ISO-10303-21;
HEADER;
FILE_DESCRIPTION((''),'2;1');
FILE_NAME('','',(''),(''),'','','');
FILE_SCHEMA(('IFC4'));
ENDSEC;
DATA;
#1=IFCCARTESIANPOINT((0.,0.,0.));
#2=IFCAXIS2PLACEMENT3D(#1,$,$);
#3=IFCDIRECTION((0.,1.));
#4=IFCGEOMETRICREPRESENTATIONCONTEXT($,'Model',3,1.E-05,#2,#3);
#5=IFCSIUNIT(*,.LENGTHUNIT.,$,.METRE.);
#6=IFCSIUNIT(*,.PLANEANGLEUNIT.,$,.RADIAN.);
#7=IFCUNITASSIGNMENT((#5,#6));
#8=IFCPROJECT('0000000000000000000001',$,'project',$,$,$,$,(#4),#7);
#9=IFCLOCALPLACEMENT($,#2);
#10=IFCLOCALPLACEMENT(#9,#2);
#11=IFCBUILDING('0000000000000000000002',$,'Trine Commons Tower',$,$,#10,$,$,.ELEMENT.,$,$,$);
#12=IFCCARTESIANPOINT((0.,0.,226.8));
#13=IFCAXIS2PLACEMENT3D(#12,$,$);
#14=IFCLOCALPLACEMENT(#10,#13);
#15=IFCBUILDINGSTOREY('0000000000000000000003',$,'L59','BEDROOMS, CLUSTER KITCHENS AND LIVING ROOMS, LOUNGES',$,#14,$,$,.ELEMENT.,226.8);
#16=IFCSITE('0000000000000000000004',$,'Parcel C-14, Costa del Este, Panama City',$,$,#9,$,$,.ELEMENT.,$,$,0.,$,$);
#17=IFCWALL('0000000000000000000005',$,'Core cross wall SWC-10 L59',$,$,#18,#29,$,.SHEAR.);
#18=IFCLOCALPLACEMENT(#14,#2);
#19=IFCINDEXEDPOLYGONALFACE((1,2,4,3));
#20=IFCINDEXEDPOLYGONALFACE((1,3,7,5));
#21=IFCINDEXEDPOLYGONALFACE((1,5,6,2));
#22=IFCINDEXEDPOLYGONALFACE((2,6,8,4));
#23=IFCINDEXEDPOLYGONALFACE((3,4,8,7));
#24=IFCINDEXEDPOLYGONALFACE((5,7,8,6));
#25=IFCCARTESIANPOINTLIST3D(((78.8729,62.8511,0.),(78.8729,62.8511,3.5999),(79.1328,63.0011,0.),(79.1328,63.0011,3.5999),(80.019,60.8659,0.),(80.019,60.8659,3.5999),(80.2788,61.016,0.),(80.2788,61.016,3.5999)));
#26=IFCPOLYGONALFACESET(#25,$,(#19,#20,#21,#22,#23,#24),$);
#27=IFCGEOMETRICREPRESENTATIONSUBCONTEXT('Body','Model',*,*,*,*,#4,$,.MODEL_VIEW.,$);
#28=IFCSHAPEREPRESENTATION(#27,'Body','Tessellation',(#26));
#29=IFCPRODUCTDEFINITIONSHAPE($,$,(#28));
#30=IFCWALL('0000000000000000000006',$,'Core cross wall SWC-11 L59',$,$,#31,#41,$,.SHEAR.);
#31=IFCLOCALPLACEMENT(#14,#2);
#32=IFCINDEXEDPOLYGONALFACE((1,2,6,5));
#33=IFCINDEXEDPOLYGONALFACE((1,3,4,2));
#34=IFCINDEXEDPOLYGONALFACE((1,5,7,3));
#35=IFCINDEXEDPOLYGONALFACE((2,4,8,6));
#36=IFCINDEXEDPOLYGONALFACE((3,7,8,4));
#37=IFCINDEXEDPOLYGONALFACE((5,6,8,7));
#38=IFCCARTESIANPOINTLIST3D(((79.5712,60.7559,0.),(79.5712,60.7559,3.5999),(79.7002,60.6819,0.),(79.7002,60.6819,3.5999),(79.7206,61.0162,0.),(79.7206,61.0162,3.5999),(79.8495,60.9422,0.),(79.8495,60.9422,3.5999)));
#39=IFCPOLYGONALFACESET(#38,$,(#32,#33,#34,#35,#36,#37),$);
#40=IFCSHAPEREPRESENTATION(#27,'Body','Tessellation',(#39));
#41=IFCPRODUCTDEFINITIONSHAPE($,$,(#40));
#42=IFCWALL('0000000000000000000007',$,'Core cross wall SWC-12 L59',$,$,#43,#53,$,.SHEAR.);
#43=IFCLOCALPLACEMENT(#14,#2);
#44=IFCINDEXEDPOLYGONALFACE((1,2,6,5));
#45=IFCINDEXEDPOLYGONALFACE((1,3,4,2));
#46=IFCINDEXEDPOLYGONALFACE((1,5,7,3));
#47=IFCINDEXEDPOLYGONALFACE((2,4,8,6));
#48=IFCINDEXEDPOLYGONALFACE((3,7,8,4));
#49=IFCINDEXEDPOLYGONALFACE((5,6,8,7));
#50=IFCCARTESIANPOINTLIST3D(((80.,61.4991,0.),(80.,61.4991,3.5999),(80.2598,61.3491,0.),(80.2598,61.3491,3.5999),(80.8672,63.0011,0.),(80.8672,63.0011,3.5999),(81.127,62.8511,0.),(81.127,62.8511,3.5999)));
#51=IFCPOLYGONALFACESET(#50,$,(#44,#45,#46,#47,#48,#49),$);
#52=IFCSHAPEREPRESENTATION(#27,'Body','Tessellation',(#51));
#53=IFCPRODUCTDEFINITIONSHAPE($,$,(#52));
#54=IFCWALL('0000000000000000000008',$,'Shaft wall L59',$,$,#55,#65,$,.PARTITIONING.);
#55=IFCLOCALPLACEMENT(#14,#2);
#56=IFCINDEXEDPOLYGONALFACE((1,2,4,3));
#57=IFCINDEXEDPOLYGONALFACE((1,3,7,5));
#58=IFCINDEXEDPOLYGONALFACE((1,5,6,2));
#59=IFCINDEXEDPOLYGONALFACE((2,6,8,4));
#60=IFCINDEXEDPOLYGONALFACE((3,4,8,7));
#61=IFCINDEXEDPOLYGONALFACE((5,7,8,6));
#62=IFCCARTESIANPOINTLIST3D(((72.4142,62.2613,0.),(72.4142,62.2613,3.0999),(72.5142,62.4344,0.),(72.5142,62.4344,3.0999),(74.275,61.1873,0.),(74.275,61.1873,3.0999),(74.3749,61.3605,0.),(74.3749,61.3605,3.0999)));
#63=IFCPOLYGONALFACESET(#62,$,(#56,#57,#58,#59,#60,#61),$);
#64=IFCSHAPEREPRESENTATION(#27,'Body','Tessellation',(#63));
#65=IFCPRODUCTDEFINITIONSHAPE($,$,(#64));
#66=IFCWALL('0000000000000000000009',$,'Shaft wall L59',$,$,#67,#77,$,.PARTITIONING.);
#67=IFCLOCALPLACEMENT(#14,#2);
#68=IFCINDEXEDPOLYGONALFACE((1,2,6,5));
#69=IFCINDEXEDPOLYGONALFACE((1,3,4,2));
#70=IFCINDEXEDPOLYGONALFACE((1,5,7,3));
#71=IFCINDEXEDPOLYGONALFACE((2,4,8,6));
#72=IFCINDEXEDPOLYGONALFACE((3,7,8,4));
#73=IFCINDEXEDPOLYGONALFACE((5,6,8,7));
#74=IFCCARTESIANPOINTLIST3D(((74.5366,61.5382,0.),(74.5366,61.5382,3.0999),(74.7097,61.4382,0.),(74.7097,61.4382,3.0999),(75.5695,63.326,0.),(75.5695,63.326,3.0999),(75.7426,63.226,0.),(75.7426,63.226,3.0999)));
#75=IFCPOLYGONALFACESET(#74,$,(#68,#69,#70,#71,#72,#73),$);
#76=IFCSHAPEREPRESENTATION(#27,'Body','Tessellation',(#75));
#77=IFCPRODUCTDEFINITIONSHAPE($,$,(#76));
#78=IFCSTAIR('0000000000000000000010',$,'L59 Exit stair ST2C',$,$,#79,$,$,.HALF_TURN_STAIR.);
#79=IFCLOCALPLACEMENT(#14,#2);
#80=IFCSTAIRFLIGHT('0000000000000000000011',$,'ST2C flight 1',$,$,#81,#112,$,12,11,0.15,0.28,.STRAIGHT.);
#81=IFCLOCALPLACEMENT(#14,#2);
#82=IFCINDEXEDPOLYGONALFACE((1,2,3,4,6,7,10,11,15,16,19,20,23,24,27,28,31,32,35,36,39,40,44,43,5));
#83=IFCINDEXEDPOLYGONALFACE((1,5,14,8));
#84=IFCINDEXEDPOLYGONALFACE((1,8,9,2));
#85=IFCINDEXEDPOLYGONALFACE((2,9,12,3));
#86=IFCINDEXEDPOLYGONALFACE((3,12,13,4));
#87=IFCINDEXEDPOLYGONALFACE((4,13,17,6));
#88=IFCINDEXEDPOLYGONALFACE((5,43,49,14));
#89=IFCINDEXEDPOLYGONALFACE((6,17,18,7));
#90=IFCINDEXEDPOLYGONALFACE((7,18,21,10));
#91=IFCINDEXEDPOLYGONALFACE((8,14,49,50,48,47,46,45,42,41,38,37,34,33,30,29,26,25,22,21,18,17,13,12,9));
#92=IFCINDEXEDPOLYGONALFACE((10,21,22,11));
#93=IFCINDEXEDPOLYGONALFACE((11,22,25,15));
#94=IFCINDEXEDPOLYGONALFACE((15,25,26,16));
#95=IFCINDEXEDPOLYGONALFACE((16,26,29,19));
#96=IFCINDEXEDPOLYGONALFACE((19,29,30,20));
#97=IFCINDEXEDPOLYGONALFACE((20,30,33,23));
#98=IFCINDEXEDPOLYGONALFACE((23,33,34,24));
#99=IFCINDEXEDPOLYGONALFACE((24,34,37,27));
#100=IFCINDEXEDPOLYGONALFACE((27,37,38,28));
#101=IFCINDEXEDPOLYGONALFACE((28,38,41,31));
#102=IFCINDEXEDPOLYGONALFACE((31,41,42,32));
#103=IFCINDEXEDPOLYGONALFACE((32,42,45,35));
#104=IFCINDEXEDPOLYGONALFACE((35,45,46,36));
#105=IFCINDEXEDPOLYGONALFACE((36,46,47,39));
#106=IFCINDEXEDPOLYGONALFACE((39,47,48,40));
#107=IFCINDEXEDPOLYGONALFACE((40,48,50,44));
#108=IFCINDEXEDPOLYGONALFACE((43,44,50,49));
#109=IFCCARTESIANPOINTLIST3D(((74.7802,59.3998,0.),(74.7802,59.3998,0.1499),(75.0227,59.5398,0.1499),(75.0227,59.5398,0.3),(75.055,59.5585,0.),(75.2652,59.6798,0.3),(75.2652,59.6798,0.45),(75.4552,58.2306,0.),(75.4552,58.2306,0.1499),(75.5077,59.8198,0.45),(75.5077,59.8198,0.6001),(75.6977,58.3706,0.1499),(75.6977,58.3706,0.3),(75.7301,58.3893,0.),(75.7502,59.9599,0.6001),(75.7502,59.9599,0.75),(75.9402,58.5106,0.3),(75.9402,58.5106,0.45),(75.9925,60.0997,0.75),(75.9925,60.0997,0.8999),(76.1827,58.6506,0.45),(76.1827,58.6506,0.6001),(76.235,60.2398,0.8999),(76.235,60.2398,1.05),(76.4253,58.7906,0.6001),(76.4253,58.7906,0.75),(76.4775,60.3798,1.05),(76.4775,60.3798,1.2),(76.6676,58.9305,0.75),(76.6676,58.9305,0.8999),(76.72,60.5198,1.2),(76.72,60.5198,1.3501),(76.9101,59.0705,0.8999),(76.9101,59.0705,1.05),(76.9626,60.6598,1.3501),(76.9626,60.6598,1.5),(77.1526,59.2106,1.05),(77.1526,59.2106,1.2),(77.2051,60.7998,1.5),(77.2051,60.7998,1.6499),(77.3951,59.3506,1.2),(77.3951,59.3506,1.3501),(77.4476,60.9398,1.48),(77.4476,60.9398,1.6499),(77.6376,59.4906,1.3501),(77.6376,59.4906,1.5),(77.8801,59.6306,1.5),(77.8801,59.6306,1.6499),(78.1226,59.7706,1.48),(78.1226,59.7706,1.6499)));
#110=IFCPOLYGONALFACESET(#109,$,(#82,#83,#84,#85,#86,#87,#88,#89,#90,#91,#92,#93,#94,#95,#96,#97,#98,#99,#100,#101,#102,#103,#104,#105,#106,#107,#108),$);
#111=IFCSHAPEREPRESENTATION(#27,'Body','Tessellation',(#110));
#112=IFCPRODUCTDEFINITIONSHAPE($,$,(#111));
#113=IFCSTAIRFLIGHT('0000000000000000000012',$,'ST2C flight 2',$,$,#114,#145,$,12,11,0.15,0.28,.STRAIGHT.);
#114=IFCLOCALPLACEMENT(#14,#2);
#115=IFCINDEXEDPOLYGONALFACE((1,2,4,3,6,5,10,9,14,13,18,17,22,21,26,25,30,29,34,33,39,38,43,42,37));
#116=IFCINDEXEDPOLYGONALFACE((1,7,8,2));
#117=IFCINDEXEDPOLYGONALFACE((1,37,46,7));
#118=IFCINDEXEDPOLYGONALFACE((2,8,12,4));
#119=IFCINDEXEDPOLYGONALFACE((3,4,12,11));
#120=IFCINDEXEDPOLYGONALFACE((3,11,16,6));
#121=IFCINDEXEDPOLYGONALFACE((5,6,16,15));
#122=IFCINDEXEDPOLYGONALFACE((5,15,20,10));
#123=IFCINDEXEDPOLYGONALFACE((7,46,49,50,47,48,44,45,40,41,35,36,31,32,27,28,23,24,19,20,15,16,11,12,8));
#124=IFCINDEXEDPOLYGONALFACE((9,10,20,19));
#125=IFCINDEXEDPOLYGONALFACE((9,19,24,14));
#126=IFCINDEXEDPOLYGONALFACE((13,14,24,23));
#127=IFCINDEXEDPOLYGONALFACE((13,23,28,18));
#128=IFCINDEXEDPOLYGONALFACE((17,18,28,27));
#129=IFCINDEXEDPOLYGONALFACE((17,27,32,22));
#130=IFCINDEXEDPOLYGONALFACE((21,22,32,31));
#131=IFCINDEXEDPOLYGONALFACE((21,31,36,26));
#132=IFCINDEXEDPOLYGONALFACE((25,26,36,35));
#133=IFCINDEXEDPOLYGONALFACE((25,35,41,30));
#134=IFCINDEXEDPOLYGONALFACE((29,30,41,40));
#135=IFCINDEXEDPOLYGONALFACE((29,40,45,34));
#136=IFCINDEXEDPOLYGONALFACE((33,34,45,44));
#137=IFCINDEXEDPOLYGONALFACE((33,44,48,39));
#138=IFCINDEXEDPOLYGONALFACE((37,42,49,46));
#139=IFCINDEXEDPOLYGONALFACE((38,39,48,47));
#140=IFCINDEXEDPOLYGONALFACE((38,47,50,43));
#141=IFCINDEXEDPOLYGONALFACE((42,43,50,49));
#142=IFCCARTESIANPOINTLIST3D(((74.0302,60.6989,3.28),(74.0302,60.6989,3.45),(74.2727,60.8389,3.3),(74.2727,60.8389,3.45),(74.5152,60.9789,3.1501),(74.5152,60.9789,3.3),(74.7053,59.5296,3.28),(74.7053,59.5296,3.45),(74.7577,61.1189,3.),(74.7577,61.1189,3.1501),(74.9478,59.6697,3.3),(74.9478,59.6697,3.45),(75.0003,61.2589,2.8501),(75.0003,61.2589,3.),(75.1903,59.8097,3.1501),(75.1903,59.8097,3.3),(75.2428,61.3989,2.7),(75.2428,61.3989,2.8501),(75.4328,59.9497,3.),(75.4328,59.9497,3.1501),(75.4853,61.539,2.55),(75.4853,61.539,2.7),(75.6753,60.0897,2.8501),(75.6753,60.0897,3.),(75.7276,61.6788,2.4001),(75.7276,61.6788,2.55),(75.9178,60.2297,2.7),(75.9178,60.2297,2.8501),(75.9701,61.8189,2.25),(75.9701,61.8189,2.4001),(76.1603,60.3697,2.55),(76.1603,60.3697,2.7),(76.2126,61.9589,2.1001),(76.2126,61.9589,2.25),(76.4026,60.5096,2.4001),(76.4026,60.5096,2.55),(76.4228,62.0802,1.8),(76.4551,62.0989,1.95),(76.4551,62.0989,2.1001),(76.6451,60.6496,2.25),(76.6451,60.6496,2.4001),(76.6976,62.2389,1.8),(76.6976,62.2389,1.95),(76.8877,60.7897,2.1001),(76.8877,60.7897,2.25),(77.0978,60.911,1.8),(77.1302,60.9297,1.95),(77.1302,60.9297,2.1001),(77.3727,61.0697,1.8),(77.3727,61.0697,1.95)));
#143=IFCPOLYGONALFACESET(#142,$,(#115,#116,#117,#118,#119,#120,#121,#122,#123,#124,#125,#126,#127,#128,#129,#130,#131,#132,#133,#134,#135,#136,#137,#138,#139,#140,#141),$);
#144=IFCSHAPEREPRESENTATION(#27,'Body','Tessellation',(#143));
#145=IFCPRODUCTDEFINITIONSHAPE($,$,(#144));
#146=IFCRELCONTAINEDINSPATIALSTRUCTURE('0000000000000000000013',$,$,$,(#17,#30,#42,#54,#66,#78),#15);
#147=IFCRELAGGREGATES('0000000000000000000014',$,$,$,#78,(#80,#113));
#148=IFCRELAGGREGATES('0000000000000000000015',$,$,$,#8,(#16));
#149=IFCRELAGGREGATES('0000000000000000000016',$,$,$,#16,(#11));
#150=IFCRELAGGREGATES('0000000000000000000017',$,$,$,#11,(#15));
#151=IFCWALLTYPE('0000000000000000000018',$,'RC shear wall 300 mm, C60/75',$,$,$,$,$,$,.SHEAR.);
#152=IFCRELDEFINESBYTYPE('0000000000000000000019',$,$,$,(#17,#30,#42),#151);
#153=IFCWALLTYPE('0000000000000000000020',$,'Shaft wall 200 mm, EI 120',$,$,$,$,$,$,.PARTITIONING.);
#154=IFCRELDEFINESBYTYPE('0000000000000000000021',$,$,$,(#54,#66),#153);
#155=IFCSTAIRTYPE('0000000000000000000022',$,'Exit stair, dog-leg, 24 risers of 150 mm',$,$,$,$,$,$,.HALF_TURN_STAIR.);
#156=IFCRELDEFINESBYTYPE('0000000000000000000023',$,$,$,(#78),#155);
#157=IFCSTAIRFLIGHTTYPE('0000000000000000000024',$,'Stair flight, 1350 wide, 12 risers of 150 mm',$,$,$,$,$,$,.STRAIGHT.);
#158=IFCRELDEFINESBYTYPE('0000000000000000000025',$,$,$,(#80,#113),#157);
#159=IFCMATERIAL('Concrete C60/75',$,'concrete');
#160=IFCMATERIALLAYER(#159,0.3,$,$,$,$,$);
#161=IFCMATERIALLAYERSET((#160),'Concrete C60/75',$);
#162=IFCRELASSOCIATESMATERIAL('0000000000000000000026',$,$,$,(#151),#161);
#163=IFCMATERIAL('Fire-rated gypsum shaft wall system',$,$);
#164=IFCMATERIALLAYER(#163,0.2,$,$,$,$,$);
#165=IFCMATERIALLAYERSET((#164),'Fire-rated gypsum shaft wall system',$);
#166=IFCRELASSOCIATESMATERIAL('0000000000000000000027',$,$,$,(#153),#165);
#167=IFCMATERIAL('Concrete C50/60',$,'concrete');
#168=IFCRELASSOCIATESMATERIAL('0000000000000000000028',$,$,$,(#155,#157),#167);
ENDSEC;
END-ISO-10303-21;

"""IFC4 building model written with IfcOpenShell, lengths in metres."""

from ifc_helpers import new_model, si_unit, direction, frame, frame_2d, origin, place, context, subcontext, project, spatial, polyline, rectangle, outline, extrude, material, layer, layer_set, type_object, element, aggregate, save


model = new_model("IFC4")

# Units and contexts
model_context = context("Model", 3, precision=1e-05, world=origin(), true_north=direction((0.0, 1.0)))
body_context = subcontext(model_context, "Body", "Model", "MODEL_VIEW")
ifc_project = project(units=[si_unit("LENGTHUNIT", "METRE"), si_unit("PLANEANGLEUNIT", "RADIAN")], contexts=[model_context])

# Site, building, storey
site_placement = place(None, origin())
site = spatial("IfcSite", under=ifc_project, at=site_placement, Name="Parcel C-14, Costa del Este, Panama City", CompositionType="ELEMENT", RefElevation=0.0)
building_placement = place(site_placement, origin())
building = spatial("IfcBuilding", under=site, at=building_placement, Name="Trine Commons Tower", CompositionType="ELEMENT")
storey_placement = place(building_placement, frame((0.0, 0.0, 226.8)))
storey = spatial("IfcBuildingStorey", under=building, at=storey_placement, Name="L59", Description="BEDROOMS, CLUSTER KITCHENS AND LIVING ROOMS, LOUNGES", CompositionType="ELEMENT", Elevation=226.8)

# Shared definitions
ifc_material_1 = material(Name="Fire-rated gypsum shaft wall system")
ifc_material_2 = material(Name="Concrete C60/75", Category="concrete")
ifc_layer_1 = layer(ifc_material_2, 0.3)
ifc_layer_set_1 = layer_set([ifc_layer_1], Name="Concrete C60/75")
wall_type_1 = type_object("IfcWallType", Name="RC shear wall 300 mm, C60/75", PredefinedType="SHEAR", material=ifc_layer_set_1)

# Walls
wall_1_placement = place(storey_placement, frame((79.0029, 62.926, 0.0), z_axis=(0.0, 0.0, 1.0), x_axis=(0.499965, -0.866045, 0.0)))
element("IfcWall", 1, at=wall_1_placement, inside=storey, type_object=wall_type_1, Name="Core cross wall SWC-10 L59", PredefinedType="SHEAR", context=body_context, shape_type="SweptSolid", body=[
    extrude(rectangle(XDim=2.2922, YDim=0.3, at=frame_2d((1.146, 0.0))), origin(), (0.0, 0.0, 1.0), 3.5999),
])
wall_2_placement = place(storey_placement, frame((79.646, 60.886, 0.0), z_axis=(0.0, 0.0, 1.0), x_axis=(0.867332, -0.49773, 0.0)))
element("IfcWall", 2, at=wall_2_placement, inside=storey, type_object=wall_type_1, Name="Core cross wall SWC-11 L59", PredefinedType="SHEAR", context=body_context, shape_type="SweptSolid", body=[
    extrude(rectangle(XDim=0.1487, YDim=0.3, at=frame_2d((0.0742, 0.0))), origin(), (0.0, 0.0, 1.0), 3.5999),
])
wall_3_placement = place(storey_placement, frame((80.1299, 61.4241, 0.0), z_axis=(0.0, 0.0, 1.0), x_axis=(0.500015, 0.866017, 0.0)))
element("IfcWall", 3, at=wall_3_placement, inside=storey, type_object=wall_type_1, Name="Core cross wall SWC-12 L59", PredefinedType="SHEAR", context=body_context, shape_type="SweptSolid", body=[
    extrude(rectangle(XDim=1.7344, YDim=0.3, at=frame_2d((0.8672, 0.0))), origin(), (0.0, 0.0, 1.0), 3.5999),
])
ifc_layer_2 = layer(ifc_material_1, 0.2)
ifc_layer_set_2 = layer_set([ifc_layer_2], Name="Fire-rated gypsum shaft wall system")
wall_type_2 = type_object("IfcWallType", Name="Shaft wall 200 mm, EI 120", PredefinedType="PARTITIONING", material=ifc_layer_set_2)
wall_4_placement = place(storey_placement, frame((74.325, 61.2739, 0.0), z_axis=(0.0, 0.0, 1.0), x_axis=(-0.866102, 0.499867, 0.0)))
element("IfcWall", 4, at=wall_4_placement, inside=storey, type_object=wall_type_2, Name="Shaft wall L59", PredefinedType="PARTITIONING", context=body_context, shape_type="SweptSolid", body=[
    extrude(rectangle(XDim=2.1484, YDim=0.2, at=frame_2d((1.0742, 0.0))), origin(), (0.0, 0.0, 1.0), 3.0999),
])
wall_5_placement = place(storey_placement, frame((75.656, 63.2759, 0.0), z_axis=(0.0, 0.0, 1.0), x_axis=(-0.500272, -0.865868, 0.0)))
element("IfcWall", 5, at=wall_5_placement, inside=storey, type_object=wall_type_2, Name="Shaft wall L59", PredefinedType="PARTITIONING", context=body_context, shape_type="SweptSolid", body=[
    extrude(rectangle(XDim=2.0647, YDim=0.2, at=frame_2d((1.0322, 0.0))), origin(), (0.0, 0.0, 1.0), 3.0999),
])

# Stair, stair flights
ifc_material_3 = material(Name="Concrete C50/60", Category="concrete")
stair_type = type_object("IfcStairType", Name="Exit stair, dog-leg, 24 risers of 150 mm", PredefinedType="HALF_TURN_STAIR", material=ifc_material_3)
stair_placement = place(storey_placement, origin())
stair = element("IfcStair", 6, at=stair_placement, inside=storey, type_object=stair_type, Name="L59 Exit stair ST2C", PredefinedType="HALF_TURN_STAIR")
stair_flight_type = type_object("IfcStairFlightType", Name="Stair flight, 1350 wide, 12 risers of 150 mm", PredefinedType="STRAIGHT", material=ifc_material_3)
stair_flight_1_placement = place(storey_placement, frame((75.1177, 58.8152, 0.0), z_axis=(0.0, 0.0, 1.0), x_axis=(0.866025, 0.5, 0.0)))
stair_flight_1 = element("IfcStairFlight", 7, at=stair_flight_1_placement, type_object=stair_flight_type, Name="ST2C flight 1", NumberOfRisers=12, NumberOfTreads=11, PredefinedType="STRAIGHT", RiserHeight=0.15, TreadLength=0.28, context=body_context, shape_type="SweptSolid", body=[
    extrude(outline(polyline([(0.0, 0.0), (0.0, 0.1499), (0.28, 0.1499), (0.28, 0.3), (0.5601, 0.3), (0.5601, 0.45), (0.8401, 0.45), (0.8401, 0.6001), (1.1201, 0.6001), (1.1201, 0.75), (1.3999, 0.75), (1.3999, 0.8999), (1.6799, 0.8999), (1.6799, 1.05), (1.96, 1.05), (1.96, 1.2), (2.24, 1.2), (2.24, 1.3501), (2.52, 1.3501), (2.52, 1.5), (2.8, 1.5), (2.8, 1.6499), (3.0801, 1.6499), (3.0801, 1.8), (3.0801, 1.48), (0.3174, 0.0), (0.0, 0.0)])), frame((0.0, 0.675, 0.0), z_axis=(0.0, -1.0, 0.0), x_axis=(1.0, 0.0, 0.0)), (0.0, 0.0, 1.0), 1.3501),
])
stair_flight_2_placement = place(storey_placement, frame((77.0352, 61.6543, 1.8), z_axis=(0.0, 0.0, 1.0), x_axis=(-0.866025, -0.5, 0.0)))
stair_flight_2 = element("IfcStairFlight", 8, at=stair_flight_2_placement, type_object=stair_flight_type, Name="ST2C flight 2", NumberOfRisers=12, NumberOfTreads=11, PredefinedType="STRAIGHT", RiserHeight=0.15, TreadLength=0.28, context=body_context, shape_type="SweptSolid", body=[
    extrude(outline(polyline([(0.0, 0.0), (0.0, 0.1499), (0.28, 0.1499), (0.28, 0.3), (0.5601, 0.3), (0.5601, 0.45), (0.8401, 0.45), (0.8401, 0.6001), (1.1201, 0.6001), (1.1201, 0.75), (1.3999, 0.75), (1.3999, 0.8999), (1.6799, 0.8999), (1.6799, 1.05), (1.96, 1.05), (1.96, 1.2), (2.24, 1.2), (2.24, 1.3501), (2.52, 1.3501), (2.52, 1.5), (2.8, 1.5), (2.8, 1.6499), (3.0801, 1.6499), (3.0801, 1.8), (3.0801, 1.48), (0.3174, 0.0), (0.0, 0.0)])), frame((0.0, 0.675, 0.0), z_axis=(0.0, -1.0, 0.0), x_axis=(1.0, 0.0, 0.0)), (0.0, 0.0, 1.0), 1.3501),
])
aggregate(stair, [stair_flight_1, stair_flight_2])

save(model, "model.ifc")
